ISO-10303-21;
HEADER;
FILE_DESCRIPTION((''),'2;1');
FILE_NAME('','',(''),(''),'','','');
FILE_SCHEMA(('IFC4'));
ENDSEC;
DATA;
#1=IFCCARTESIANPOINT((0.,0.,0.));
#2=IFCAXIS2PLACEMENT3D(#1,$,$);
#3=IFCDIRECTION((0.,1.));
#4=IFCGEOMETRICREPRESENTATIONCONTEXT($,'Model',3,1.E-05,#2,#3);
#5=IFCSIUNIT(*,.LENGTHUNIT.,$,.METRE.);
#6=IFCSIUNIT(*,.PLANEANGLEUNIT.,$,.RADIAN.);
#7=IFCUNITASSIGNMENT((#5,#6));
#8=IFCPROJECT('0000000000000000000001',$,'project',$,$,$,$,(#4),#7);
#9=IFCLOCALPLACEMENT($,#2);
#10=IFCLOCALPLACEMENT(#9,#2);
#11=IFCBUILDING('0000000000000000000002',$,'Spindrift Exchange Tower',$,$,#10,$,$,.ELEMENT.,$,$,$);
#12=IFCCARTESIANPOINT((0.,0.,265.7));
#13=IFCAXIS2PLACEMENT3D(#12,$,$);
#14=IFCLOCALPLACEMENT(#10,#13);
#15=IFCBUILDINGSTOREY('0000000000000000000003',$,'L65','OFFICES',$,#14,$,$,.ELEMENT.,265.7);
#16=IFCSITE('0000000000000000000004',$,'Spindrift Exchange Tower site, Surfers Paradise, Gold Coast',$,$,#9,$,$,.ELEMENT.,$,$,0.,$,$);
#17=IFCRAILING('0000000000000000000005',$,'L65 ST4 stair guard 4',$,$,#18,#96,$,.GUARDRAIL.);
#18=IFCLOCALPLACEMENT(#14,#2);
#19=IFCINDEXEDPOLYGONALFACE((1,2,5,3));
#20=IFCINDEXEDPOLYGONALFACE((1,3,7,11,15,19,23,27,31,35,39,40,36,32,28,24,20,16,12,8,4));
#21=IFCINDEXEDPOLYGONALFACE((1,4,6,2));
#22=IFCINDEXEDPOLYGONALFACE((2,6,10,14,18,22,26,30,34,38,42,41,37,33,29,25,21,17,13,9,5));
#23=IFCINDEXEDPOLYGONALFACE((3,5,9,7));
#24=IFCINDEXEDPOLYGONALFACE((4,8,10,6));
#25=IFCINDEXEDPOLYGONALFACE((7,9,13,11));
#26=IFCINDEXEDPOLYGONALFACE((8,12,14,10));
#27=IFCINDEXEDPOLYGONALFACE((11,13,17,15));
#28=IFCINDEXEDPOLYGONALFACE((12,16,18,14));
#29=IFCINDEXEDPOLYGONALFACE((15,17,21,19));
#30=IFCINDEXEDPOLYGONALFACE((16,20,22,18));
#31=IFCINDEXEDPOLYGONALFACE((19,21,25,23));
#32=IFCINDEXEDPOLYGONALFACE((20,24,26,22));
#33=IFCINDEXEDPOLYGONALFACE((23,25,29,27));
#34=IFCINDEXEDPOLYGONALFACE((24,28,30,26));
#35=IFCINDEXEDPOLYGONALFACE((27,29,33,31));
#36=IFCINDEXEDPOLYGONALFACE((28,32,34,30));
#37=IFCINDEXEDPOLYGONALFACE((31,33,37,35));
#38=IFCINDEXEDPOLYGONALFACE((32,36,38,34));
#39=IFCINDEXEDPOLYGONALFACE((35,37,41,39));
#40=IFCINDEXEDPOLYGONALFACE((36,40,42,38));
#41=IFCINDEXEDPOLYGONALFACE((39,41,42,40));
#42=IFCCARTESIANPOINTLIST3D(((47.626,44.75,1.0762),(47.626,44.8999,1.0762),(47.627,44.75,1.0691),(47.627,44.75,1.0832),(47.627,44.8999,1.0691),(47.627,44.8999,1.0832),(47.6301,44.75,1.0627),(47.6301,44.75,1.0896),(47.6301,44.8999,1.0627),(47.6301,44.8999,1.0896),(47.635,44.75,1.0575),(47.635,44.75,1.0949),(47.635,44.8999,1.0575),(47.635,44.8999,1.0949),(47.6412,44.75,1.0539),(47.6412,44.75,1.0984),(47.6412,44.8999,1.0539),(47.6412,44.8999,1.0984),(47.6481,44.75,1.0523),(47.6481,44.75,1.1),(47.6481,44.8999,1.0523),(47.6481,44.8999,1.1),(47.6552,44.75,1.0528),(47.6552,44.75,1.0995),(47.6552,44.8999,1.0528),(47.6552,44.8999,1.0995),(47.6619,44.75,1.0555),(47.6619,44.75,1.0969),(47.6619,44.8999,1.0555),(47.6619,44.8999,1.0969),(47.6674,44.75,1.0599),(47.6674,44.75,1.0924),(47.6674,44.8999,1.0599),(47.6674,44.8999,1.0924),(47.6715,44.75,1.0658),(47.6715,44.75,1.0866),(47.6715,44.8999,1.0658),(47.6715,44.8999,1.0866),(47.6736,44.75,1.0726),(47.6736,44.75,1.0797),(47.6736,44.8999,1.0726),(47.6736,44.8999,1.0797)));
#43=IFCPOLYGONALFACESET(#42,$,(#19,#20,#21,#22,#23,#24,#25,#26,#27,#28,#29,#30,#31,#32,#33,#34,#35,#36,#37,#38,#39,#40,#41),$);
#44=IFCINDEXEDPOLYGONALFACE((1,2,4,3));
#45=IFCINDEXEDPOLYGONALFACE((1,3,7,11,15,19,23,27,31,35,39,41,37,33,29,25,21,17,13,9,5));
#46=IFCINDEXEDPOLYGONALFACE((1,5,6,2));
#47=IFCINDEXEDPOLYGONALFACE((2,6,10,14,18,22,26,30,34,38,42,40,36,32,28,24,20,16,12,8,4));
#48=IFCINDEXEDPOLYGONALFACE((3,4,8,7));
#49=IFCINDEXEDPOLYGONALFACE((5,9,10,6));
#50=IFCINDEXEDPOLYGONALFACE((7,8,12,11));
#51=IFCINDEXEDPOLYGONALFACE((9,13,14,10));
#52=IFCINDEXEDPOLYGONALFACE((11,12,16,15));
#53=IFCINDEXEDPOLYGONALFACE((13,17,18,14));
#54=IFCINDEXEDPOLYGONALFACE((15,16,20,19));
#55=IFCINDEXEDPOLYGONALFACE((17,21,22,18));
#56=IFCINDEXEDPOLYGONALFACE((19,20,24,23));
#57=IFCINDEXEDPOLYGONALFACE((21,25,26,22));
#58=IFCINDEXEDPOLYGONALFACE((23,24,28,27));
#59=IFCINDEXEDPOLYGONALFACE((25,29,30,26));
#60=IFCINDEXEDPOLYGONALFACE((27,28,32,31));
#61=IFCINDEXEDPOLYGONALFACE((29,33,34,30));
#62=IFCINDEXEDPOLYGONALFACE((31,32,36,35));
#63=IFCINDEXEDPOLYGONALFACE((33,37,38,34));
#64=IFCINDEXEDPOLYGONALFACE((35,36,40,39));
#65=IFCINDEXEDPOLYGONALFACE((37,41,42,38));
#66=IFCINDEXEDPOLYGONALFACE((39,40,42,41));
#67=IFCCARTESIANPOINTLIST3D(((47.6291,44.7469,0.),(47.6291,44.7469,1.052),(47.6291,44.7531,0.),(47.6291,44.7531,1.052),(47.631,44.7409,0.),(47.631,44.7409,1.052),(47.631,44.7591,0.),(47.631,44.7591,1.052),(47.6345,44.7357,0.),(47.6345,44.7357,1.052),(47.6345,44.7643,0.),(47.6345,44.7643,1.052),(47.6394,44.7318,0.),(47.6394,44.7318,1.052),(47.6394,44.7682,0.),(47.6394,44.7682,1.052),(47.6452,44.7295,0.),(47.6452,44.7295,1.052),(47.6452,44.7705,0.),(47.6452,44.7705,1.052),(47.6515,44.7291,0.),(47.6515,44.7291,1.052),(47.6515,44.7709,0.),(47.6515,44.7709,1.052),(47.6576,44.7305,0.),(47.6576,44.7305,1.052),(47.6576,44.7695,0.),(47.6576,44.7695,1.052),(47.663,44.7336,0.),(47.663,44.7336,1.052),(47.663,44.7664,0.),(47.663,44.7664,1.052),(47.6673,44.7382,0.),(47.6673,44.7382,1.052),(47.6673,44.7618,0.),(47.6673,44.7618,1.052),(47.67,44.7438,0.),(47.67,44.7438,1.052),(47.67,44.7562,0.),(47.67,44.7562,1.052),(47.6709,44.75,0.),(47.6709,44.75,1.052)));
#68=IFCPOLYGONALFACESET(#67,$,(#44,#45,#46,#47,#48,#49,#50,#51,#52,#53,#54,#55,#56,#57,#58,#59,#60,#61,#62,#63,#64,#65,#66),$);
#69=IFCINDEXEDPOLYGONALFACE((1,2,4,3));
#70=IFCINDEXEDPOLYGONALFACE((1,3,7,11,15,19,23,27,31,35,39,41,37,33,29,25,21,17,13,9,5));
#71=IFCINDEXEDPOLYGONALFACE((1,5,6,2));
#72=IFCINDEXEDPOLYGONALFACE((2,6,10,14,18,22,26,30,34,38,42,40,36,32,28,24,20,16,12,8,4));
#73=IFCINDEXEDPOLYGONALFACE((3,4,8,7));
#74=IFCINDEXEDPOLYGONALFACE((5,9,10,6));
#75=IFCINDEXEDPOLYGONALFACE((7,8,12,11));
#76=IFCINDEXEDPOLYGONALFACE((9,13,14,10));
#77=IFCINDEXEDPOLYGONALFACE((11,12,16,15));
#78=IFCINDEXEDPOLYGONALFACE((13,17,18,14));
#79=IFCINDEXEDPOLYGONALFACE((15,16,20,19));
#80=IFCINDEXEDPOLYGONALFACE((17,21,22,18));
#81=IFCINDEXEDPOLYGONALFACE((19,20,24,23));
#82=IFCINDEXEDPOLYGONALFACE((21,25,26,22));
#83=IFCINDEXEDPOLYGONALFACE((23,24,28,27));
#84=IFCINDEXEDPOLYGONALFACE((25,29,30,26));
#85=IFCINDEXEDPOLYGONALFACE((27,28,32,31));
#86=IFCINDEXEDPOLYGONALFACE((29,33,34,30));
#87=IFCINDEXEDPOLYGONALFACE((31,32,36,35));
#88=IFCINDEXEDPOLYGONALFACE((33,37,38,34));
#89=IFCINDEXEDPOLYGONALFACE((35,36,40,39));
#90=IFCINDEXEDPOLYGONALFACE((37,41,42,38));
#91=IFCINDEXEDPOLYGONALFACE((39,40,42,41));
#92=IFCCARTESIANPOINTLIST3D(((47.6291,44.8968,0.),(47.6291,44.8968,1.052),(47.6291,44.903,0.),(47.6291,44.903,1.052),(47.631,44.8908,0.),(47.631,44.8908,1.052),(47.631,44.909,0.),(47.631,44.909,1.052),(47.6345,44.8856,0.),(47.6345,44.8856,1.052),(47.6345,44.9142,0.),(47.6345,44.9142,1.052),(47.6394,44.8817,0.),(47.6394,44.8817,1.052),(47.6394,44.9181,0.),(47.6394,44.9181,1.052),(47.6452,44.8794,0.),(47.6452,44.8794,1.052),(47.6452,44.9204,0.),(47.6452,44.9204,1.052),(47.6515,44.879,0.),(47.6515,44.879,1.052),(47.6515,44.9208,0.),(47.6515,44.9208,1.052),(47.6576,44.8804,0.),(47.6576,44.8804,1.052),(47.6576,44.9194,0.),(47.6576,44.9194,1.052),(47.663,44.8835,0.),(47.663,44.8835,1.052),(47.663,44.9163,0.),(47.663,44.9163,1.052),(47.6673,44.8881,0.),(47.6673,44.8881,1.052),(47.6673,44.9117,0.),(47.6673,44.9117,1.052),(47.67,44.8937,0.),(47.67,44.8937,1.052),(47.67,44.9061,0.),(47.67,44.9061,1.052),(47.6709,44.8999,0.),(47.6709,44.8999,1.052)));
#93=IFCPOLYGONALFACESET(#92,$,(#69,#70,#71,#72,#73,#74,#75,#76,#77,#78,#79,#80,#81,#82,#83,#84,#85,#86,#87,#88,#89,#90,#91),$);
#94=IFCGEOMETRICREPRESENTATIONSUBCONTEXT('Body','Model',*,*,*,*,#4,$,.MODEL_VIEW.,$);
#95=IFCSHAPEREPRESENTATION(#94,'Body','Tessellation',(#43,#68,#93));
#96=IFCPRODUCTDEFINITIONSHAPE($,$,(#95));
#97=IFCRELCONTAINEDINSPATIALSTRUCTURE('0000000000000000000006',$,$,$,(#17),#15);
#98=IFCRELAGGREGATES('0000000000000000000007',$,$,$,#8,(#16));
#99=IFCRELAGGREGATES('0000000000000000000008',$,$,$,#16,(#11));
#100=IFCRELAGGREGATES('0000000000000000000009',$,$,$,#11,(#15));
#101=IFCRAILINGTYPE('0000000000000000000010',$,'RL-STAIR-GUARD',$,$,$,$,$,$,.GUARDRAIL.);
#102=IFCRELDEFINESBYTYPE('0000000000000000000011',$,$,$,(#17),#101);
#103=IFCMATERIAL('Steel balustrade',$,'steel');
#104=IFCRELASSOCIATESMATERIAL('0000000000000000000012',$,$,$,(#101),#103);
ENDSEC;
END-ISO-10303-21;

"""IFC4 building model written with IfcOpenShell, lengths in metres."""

from ifc_helpers import new_model, si_unit, direction, frame, origin, origin_2d, place, context, subcontext, project, spatial, circle, extrude, material, type_object, element, save


model = new_model("IFC4")

# Units and contexts
model_context = context("Model", 3, precision=1e-05, world=origin(), true_north=direction((0.0, 1.0)))
body_context = subcontext(model_context, "Body", "Model", "MODEL_VIEW")
ifc_project = project(units=[si_unit("LENGTHUNIT", "METRE"), si_unit("PLANEANGLEUNIT", "RADIAN")], contexts=[model_context])

# Site, building, storey
site_placement = place(None, origin())
site = spatial("IfcSite", under=ifc_project, at=site_placement, Name="Spindrift Exchange Tower site, Surfers Paradise, Gold Coast", CompositionType="ELEMENT", RefElevation=0.0)
building_placement = place(site_placement, origin())
building = spatial("IfcBuilding", under=site, at=building_placement, Name="Spindrift Exchange Tower", CompositionType="ELEMENT")
storey_placement = place(building_placement, frame((0.0, 0.0, 265.7)))
storey = spatial("IfcBuildingStorey", under=building, at=storey_placement, Name="L65", Description="OFFICES", CompositionType="ELEMENT", Elevation=265.7)

# Railing
ifc_material_1 = material(Name="Steel balustrade", Category="steel")
railing_type_1 = type_object("IfcRailingType", Name="RL-STAIR-GUARD", PredefinedType="GUARDRAIL", material=ifc_material_1)
railing_1_placement = place(storey_placement, frame((47.6499, 44.75, 0.0)))
element("IfcRailing", 1, at=railing_1_placement, inside=storey, type_object=railing_type_1, Name="L65 ST4 stair guard 4", PredefinedType="GUARDRAIL", context=body_context, shape_type="SweptSolid", body=[
    extrude(circle(Radius=0.0239, at=origin_2d()), frame((0.0, 0.0, 1.0762), z_axis=(0.0, 1.0, 0.0), x_axis=(-1.0, 0.0, 0.0)), (0.0, 0.0, 1.0), 0.1499),
    extrude(circle(Radius=0.021, at=origin_2d()), origin(), (0.0, 0.0, 1.0), 1.052),
    extrude(circle(Radius=0.021, at=origin_2d()), frame((0.0, 0.1499, 0.0)), (0.0, 0.0, 1.0), 1.052),
])

save(model, "model.ifc")
